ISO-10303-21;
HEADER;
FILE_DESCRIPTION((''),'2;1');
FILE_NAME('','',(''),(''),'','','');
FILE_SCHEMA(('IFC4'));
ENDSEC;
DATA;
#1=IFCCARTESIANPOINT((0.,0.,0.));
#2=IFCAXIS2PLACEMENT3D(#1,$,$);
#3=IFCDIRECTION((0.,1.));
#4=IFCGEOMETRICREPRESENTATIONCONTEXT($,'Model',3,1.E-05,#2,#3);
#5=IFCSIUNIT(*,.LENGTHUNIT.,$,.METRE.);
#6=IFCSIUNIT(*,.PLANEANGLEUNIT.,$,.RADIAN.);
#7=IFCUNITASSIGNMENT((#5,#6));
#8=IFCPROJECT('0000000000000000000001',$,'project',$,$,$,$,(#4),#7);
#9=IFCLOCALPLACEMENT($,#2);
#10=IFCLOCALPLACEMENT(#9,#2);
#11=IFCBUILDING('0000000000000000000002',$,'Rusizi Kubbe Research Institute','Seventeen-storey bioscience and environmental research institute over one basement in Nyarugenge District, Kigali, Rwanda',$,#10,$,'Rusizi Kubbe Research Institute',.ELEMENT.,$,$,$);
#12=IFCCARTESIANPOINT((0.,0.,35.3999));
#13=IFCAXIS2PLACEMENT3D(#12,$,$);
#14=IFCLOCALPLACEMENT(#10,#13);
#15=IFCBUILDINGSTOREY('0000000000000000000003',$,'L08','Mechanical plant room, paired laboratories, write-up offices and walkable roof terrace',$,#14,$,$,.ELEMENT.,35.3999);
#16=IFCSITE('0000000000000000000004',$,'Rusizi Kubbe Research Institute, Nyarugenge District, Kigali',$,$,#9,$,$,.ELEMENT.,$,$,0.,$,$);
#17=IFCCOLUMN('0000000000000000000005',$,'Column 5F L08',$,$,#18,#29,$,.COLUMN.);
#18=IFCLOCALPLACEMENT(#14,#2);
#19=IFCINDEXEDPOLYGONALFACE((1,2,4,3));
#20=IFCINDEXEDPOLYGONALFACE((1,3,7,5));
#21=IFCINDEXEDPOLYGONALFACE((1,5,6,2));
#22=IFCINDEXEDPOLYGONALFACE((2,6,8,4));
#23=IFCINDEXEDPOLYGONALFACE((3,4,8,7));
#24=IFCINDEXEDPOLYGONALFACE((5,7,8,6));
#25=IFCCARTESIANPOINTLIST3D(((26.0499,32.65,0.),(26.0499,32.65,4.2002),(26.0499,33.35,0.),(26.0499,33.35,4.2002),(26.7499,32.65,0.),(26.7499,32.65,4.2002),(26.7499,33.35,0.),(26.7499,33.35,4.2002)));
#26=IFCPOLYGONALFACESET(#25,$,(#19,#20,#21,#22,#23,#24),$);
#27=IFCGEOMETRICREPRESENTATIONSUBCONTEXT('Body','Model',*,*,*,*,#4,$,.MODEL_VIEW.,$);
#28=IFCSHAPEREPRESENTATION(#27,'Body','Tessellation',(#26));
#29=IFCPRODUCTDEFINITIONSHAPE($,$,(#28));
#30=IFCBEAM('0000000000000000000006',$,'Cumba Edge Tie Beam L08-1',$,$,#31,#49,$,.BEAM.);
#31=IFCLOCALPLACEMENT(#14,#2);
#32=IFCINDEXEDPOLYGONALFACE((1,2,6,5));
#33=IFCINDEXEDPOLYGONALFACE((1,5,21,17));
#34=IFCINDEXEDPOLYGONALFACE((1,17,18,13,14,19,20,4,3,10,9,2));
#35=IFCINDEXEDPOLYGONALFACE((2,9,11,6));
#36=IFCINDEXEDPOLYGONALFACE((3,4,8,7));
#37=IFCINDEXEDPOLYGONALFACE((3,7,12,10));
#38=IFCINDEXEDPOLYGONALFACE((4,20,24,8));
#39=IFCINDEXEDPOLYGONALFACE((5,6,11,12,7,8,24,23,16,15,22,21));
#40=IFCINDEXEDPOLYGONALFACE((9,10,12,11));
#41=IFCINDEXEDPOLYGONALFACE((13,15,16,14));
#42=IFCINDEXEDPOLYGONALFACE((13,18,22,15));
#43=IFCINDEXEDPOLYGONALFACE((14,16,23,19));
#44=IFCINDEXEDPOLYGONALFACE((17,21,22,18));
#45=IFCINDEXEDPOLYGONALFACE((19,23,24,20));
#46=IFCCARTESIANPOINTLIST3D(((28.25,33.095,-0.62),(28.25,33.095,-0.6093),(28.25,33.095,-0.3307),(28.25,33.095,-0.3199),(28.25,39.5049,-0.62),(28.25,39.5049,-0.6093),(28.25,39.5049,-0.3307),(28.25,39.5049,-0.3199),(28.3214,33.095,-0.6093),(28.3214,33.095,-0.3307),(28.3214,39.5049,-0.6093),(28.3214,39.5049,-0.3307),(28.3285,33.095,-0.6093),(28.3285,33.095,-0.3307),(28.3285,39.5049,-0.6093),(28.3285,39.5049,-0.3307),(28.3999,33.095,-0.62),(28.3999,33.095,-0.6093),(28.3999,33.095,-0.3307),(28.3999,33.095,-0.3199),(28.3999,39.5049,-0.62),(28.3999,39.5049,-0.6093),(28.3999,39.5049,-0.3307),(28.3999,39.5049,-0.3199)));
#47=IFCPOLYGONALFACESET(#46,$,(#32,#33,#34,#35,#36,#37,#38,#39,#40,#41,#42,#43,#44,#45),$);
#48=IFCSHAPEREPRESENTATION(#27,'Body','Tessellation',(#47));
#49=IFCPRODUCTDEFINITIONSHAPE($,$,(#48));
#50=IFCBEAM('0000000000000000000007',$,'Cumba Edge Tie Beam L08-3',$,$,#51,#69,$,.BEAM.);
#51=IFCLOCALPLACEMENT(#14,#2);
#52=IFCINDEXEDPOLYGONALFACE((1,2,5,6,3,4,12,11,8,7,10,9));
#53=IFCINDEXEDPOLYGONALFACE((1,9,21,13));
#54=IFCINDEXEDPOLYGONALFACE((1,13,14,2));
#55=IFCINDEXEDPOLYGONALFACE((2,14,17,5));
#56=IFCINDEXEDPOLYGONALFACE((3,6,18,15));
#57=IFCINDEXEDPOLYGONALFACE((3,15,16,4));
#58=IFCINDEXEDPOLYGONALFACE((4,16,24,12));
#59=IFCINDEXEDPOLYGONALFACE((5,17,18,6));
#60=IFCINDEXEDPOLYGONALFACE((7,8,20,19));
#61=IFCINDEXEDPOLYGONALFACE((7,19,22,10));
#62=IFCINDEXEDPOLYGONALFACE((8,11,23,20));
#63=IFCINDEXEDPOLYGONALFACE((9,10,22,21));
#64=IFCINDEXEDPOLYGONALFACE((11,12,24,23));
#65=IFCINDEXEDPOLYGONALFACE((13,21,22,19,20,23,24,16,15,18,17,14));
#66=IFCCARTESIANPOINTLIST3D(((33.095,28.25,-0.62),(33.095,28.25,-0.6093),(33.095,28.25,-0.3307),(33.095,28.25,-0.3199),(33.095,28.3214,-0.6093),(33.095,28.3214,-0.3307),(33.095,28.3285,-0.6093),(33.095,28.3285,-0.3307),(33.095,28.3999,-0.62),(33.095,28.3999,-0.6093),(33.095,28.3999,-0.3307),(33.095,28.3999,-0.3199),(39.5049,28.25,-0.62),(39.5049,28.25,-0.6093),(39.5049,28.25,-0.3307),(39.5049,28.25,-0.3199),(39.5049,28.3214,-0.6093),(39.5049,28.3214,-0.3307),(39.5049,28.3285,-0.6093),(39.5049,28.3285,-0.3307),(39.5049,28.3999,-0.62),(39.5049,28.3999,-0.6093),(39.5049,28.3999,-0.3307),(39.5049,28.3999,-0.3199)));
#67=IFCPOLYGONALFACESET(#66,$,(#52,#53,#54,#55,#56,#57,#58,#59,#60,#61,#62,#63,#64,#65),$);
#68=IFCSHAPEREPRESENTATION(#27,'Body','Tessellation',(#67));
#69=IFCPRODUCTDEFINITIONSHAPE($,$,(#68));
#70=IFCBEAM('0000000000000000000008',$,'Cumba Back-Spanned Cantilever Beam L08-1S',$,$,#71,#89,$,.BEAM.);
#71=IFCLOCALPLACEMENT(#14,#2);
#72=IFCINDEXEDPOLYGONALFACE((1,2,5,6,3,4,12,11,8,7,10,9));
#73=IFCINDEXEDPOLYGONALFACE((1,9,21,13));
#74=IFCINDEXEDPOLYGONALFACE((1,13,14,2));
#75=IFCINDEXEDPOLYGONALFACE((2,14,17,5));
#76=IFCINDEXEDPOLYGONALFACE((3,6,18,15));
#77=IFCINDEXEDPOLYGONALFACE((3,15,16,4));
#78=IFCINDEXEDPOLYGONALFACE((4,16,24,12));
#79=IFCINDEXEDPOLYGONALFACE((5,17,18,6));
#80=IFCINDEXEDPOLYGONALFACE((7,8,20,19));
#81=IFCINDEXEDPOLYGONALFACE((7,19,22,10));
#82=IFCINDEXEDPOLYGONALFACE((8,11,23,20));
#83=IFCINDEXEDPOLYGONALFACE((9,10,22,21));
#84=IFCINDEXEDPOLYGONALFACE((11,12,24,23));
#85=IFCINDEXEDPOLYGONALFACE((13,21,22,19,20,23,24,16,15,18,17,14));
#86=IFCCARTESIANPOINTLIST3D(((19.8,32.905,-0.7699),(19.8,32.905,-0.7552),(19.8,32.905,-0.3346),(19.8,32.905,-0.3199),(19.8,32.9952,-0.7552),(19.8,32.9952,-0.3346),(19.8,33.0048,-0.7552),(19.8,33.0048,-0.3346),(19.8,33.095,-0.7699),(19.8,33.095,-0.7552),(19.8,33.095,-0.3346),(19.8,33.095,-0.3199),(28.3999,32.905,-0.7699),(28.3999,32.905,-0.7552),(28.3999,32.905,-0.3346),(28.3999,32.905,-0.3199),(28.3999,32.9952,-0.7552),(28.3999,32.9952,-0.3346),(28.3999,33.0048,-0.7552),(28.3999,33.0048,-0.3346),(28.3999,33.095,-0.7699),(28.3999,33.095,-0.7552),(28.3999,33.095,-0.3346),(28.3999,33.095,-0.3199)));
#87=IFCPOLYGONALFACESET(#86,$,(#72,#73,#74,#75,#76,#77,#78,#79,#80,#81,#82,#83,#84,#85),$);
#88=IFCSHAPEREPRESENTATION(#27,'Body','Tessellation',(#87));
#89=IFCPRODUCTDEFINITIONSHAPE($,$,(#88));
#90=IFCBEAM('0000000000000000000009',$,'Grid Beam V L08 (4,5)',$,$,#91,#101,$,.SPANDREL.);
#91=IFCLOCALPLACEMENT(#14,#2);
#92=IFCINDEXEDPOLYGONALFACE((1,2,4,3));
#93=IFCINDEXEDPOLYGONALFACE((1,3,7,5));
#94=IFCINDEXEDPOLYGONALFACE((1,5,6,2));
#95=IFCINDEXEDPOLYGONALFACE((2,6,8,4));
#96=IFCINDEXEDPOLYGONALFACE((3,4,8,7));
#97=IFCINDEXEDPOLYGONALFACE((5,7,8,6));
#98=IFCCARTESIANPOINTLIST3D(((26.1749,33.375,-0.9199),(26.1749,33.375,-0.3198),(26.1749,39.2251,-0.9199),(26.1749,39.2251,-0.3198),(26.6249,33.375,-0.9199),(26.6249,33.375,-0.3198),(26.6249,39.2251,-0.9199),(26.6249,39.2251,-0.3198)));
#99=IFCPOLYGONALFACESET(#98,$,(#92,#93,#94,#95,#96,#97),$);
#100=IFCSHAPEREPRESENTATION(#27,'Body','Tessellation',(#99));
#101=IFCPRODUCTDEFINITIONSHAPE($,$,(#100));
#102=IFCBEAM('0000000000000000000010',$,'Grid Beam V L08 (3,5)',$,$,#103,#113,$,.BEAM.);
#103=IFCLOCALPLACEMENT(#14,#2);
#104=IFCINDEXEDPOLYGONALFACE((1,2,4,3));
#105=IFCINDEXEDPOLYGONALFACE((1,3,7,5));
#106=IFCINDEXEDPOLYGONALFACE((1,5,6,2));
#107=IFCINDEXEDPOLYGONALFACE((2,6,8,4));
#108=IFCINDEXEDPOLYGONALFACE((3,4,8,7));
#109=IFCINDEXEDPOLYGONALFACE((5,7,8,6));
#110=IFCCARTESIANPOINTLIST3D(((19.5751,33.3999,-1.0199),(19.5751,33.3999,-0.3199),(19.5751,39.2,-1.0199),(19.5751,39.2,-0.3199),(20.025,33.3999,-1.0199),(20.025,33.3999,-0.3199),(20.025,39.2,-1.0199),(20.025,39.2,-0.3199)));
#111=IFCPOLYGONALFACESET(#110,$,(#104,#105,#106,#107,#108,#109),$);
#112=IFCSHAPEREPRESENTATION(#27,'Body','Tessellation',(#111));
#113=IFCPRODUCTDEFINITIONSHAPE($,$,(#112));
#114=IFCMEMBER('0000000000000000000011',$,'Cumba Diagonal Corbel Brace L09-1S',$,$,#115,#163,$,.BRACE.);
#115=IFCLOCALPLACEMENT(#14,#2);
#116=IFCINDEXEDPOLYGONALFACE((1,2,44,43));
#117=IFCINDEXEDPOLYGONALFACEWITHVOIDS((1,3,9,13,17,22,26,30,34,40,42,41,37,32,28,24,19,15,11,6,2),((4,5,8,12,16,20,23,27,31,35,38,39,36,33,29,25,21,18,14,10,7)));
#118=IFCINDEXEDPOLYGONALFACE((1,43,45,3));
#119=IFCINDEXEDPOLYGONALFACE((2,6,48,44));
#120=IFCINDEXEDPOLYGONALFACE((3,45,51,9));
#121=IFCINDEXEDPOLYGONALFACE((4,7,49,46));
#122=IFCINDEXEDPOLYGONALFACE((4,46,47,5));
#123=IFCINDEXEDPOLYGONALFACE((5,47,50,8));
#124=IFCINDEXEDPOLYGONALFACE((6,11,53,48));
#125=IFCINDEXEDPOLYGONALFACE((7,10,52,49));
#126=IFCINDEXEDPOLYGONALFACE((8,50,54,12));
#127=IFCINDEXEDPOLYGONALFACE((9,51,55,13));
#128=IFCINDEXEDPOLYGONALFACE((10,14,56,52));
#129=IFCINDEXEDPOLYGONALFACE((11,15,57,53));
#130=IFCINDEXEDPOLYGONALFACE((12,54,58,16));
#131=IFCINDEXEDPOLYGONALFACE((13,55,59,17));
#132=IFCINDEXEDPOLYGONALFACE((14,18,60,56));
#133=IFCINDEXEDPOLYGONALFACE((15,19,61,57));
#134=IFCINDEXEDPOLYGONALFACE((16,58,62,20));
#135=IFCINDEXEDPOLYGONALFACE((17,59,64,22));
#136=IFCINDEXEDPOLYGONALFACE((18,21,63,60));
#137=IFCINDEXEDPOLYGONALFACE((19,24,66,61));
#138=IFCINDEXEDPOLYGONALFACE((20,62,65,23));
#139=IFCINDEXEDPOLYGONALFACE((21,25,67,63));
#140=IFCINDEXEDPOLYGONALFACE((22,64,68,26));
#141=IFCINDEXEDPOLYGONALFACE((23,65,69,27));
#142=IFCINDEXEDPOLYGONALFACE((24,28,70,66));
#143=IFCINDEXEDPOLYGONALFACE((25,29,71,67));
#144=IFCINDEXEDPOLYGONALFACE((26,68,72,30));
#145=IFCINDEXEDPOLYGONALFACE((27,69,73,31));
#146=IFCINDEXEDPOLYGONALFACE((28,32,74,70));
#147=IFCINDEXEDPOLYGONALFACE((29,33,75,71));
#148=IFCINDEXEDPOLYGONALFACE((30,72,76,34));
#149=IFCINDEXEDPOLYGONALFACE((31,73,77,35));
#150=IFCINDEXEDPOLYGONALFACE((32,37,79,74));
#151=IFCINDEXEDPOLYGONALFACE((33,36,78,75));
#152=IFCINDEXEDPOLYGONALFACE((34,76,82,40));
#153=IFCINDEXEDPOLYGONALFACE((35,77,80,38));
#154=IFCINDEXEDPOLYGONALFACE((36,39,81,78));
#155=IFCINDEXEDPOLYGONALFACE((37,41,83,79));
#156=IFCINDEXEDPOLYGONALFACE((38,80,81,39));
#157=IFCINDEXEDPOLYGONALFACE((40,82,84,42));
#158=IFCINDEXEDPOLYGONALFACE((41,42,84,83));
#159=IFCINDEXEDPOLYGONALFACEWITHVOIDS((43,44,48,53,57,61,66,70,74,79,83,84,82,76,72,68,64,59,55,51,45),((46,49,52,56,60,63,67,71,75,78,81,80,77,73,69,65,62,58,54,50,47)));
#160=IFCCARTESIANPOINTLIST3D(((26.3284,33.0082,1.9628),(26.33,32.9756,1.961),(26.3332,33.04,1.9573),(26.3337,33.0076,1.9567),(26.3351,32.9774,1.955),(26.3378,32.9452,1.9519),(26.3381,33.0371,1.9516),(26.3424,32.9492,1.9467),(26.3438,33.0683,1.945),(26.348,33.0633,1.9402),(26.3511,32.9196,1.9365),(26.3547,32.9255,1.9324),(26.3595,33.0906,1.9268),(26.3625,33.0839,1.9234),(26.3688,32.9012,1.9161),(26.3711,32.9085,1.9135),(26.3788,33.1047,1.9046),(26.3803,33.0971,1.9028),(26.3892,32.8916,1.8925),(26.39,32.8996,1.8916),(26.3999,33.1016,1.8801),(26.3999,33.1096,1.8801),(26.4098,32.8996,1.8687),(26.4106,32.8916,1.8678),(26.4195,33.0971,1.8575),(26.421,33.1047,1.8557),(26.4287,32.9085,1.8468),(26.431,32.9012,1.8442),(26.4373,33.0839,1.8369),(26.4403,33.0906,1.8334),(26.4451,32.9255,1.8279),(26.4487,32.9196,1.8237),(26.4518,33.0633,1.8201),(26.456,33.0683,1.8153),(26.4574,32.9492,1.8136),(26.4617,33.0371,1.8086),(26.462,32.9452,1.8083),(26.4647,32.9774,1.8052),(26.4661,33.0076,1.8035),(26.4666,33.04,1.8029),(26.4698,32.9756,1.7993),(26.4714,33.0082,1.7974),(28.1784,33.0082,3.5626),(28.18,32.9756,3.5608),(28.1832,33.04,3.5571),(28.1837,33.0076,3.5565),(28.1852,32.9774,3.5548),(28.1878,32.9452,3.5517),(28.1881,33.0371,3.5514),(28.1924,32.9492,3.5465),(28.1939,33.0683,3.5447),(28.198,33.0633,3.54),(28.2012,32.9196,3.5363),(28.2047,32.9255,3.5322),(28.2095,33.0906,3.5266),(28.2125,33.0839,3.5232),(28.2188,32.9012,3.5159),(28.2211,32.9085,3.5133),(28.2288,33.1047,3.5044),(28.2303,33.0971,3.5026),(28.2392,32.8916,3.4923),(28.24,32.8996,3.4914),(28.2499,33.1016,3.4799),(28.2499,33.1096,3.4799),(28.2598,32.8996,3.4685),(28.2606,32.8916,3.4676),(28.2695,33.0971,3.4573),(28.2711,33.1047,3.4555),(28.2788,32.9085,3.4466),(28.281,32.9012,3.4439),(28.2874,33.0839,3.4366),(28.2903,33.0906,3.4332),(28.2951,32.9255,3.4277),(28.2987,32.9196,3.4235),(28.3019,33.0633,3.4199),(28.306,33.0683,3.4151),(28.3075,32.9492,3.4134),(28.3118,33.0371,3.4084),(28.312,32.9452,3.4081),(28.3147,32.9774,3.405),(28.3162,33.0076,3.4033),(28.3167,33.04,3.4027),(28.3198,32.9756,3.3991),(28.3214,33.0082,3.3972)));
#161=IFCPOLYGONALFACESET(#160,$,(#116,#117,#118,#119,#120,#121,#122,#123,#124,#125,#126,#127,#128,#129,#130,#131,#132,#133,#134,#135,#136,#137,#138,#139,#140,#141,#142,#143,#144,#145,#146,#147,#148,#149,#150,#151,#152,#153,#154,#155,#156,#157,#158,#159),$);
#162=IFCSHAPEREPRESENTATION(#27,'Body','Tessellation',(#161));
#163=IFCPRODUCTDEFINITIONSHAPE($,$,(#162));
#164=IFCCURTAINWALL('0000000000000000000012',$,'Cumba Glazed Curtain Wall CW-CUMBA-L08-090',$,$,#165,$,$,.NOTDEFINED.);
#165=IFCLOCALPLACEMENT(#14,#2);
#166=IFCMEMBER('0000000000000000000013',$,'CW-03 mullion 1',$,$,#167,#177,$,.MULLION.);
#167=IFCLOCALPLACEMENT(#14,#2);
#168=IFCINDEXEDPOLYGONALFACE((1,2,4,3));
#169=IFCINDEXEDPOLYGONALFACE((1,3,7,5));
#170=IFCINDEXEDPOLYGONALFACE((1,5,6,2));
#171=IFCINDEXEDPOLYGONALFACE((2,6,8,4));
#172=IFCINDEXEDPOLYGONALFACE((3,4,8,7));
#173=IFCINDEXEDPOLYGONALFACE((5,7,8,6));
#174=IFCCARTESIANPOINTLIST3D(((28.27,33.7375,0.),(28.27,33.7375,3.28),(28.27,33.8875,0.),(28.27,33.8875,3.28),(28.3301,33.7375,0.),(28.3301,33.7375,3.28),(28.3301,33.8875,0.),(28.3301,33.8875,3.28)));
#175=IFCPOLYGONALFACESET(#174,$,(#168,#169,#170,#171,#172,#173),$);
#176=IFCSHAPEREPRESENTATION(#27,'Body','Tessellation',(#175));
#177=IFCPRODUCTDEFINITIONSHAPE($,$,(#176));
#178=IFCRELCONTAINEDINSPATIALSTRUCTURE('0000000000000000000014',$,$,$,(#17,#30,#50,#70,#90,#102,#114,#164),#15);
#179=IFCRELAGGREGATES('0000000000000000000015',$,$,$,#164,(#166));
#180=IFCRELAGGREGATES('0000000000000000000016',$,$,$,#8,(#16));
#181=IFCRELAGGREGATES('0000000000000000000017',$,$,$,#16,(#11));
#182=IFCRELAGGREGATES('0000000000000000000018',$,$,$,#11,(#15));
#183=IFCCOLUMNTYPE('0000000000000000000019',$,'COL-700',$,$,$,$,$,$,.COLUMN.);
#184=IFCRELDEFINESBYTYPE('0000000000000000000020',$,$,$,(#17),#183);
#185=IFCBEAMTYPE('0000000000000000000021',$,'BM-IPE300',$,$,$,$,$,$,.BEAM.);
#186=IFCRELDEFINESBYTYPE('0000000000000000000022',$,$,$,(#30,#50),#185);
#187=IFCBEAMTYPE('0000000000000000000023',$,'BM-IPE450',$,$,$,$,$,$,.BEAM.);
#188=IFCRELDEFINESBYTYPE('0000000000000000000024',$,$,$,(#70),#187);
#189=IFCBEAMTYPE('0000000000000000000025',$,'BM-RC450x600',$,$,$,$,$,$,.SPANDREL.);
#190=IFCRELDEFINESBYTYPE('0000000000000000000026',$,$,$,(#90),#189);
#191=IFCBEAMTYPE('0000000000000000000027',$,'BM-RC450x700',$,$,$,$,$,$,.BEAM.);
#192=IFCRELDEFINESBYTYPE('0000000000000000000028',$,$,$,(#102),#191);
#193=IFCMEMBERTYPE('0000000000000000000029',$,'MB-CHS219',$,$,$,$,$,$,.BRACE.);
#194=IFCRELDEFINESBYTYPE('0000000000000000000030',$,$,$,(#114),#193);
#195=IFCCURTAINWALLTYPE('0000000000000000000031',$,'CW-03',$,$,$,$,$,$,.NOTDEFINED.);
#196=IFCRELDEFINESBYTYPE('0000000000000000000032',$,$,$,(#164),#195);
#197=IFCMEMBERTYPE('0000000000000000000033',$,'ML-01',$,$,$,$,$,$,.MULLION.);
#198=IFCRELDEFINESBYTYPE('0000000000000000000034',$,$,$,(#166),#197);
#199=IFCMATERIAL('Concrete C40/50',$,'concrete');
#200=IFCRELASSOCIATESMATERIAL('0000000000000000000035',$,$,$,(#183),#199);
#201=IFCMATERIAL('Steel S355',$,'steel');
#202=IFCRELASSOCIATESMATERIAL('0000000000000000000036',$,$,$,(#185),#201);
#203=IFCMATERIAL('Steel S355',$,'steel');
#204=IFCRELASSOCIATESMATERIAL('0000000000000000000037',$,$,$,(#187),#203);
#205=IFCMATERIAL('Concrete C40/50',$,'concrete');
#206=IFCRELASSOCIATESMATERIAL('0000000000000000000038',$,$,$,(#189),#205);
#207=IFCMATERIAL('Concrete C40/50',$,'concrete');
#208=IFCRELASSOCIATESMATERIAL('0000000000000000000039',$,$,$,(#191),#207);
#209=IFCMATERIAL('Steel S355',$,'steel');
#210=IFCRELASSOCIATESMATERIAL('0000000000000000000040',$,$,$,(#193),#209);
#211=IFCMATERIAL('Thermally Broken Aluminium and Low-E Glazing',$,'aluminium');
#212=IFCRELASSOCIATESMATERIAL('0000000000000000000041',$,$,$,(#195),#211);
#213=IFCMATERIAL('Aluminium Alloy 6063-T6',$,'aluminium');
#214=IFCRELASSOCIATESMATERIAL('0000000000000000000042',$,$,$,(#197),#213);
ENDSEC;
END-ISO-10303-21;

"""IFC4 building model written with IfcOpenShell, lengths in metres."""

from ifc_helpers import new_model, si_unit, direction, frame, origin, origin_2d, place, context, subcontext, project, spatial, rectangle, hollow_circle, i_section, extrude, material, material_profile, profile_set, type_object, element, aggregate, save


model = new_model("IFC4")

# Units and contexts
model_context = context("Model", 3, precision=1e-05, world=origin(), true_north=direction((0.0, 1.0)))
body_context = subcontext(model_context, "Body", "Model", "MODEL_VIEW")
ifc_project = project(units=[si_unit("LENGTHUNIT", "METRE"), si_unit("PLANEANGLEUNIT", "RADIAN")], contexts=[model_context])

# Site, building, storey
site_placement = place(None, origin())
site = spatial("IfcSite", under=ifc_project, at=site_placement, Name="Rusizi Kubbe Research Institute, Nyarugenge District, Kigali", CompositionType="ELEMENT", RefElevation=0.0)
building_placement = place(site_placement, origin())
building = spatial("IfcBuilding", under=site, at=building_placement, Name="Rusizi Kubbe Research Institute", Description="Seventeen-storey bioscience and environmental research institute over one basement in Nyarugenge District, Kigali, Rwanda", LongName="Rusizi Kubbe Research Institute", CompositionType="ELEMENT")
storey_placement = place(building_placement, frame((0.0, 0.0, 35.3999)))
storey = spatial("IfcBuildingStorey", under=building, at=storey_placement, Name="L08", Description="Mechanical plant room, paired laboratories, write-up offices and walkable roof terrace", CompositionType="ELEMENT", Elevation=35.3999)

# Column
ifc_material_1 = material(Name="Concrete C40/50", Category="concrete")
ifc_material_profile_1 = material_profile(ifc_material_1, rectangle(XDim=0.7, YDim=0.7, at=origin_2d()), Name="RC700x700")
ifc_profile_set_1 = profile_set([ifc_material_profile_1], Name="Concrete C40/50")
column_type = type_object("IfcColumnType", Name="COL-700", PredefinedType="COLUMN", material=ifc_profile_set_1)
column_placement = place(storey_placement, frame((26.3999, 33.0, 0.0), z_axis=(0.0, 0.0, 1.0), x_axis=(1.0, 0.0, 0.0)))
element("IfcColumn", 1, at=column_placement, inside=storey, type_object=column_type, Name="Column 5F L08", PredefinedType="COLUMN", context=body_context, shape_type="SweptSolid", body=[
    extrude(rectangle(XDim=0.7, YDim=0.7, at=origin_2d()), origin(), (0.0, 0.0, 1.0), 4.2002),
])

# Beams
ifc_material_2 = material(Name="Steel S355", Category="steel")
ifc_material_profile_2 = material_profile(ifc_material_2, i_section(OverallWidth=0.1499, OverallDepth=0.3, WebThickness=0.0071, FlangeThickness=0.0107, at=origin_2d()), Name="IPE 300")
ifc_profile_set_2 = profile_set([ifc_material_profile_2], Name="Steel S355")
beam_type_1 = type_object("IfcBeamType", Name="BM-IPE300", PredefinedType="BEAM", material=ifc_profile_set_2)
for number, where, z_axis, x_axis, name in (
    (2, (28.325, 33.095, -0.47), (0.0, 1.0, 0.0), (-1.0, 0.0, 0.0), "Cumba Edge Tie Beam L08-1"),
    (3, (33.095, 28.325, -0.47), (1.0, 0.0, 0.0), (0.0, 1.0, 0.0), "Cumba Edge Tie Beam L08-3"),
):
    element("IfcBeam", number, at=place(storey_placement, frame(where, z_axis=z_axis, x_axis=x_axis)), inside=storey, type_object=beam_type_1, Name=name, PredefinedType="BEAM", context=body_context, shape_type="SweptSolid", body=[
        extrude(i_section(OverallWidth=0.1499, OverallDepth=0.3, WebThickness=0.0071, FlangeThickness=0.0107, at=origin_2d()), origin(), (0.0, 0.0, 1.0), 6.4099),
    ])
ifc_material_3 = material(Name="Steel S355", Category="steel")
ifc_material_profile_3 = material_profile(ifc_material_3, i_section(OverallWidth=0.1899, OverallDepth=0.45, WebThickness=0.0095, FlangeThickness=0.0146, at=origin_2d()), Name="IPE 450")
ifc_profile_set_3 = profile_set([ifc_material_profile_3], Name="Steel S355")
beam_type_2 = type_object("IfcBeamType", Name="BM-IPE450", PredefinedType="BEAM", material=ifc_profile_set_3)
beam_1_placement = place(storey_placement, frame((19.8, 33.0, -0.5449), z_axis=(1.0, 0.0, 0.0), x_axis=(0.0, 1.0, 0.0)))
element("IfcBeam", 4, at=beam_1_placement, inside=storey, type_object=beam_type_2, Name="Cumba Back-Spanned Cantilever Beam L08-1S", PredefinedType="BEAM", context=body_context, shape_type="SweptSolid", body=[
    extrude(i_section(OverallWidth=0.1899, OverallDepth=0.45, WebThickness=0.0095, FlangeThickness=0.0146, at=origin_2d()), origin(), (0.0, 0.0, 1.0), 8.5999),
])
ifc_material_4 = material(Name="Concrete C40/50", Category="concrete")
ifc_material_profile_4 = material_profile(ifc_material_4, rectangle(XDim=0.45, YDim=0.6001, at=origin_2d()), Name="RC450x600")
ifc_profile_set_4 = profile_set([ifc_material_profile_4], Name="Concrete C40/50")
beam_type_3 = type_object("IfcBeamType", Name="BM-RC450x600", PredefinedType="SPANDREL", material=ifc_profile_set_4)
beam_2_placement = place(storey_placement, frame((26.3999, 33.375, -0.6199), z_axis=(0.0, 1.0, 0.0), x_axis=(-1.0, 0.0, 0.0)))
element("IfcBeam", 5, at=beam_2_placement, inside=storey, type_object=beam_type_3, Name="Grid Beam V L08 (4,5)", PredefinedType="SPANDREL", context=body_context, shape_type="SweptSolid", body=[
    extrude(rectangle(XDim=0.45, YDim=0.6001, at=origin_2d()), origin(), (0.0, 0.0, 1.0), 5.8501),
])
ifc_material_5 = material(Name="Concrete C40/50", Category="concrete")
ifc_material_profile_5 = material_profile(ifc_material_5, rectangle(XDim=0.45, YDim=0.7, at=origin_2d()), Name="RC450x700B")
ifc_profile_set_5 = profile_set([ifc_material_profile_5], Name="Concrete C40/50")
beam_type_4 = type_object("IfcBeamType", Name="BM-RC450x700", PredefinedType="BEAM", material=ifc_profile_set_5)
beam_3_placement = place(storey_placement, frame((19.8, 33.3999, -0.6699), z_axis=(0.0, 1.0, 0.0), x_axis=(-1.0, 0.0, 0.0)))
element("IfcBeam", 6, at=beam_3_placement, inside=storey, type_object=beam_type_4, Name="Grid Beam V L08 (3,5)", PredefinedType="BEAM", context=body_context, shape_type="SweptSolid", body=[
    extrude(rectangle(XDim=0.45, YDim=0.7, at=origin_2d()), origin(), (0.0, 0.0, 1.0), 5.8),
])

# Member
ifc_material_6 = material(Name="Steel S355", Category="steel")
ifc_material_profile_6 = material_profile(ifc_material_6, hollow_circle(Radius=0.1096, WallThickness=0.0081, at=origin_2d()), Name="CHS 219.1x8.0")
ifc_profile_set_6 = profile_set([ifc_material_profile_6], Name="Steel S355")
member_type_1 = type_object("IfcMemberType", Name="MB-CHS219", PredefinedType="BRACE", material=ifc_profile_set_6)
member_1_placement = place(storey_placement, frame((26.3999, 33.0, 1.8801), z_axis=(0.75641, 0.0, 0.654098), x_axis=(0.0, 1.0, 0.0)))
element("IfcMember", 7, at=member_1_placement, inside=storey, type_object=member_type_1, Name="Cumba Diagonal Corbel Brace L09-1S", PredefinedType="BRACE", context=body_context, shape_type="SweptSolid", body=[
    extrude(hollow_circle(Radius=0.1096, WallThickness=0.0081, at=origin_2d()), origin(), (0.0, 0.0, 1.0), 2.4458),
])

# Curtain wall, member
ifc_material_7 = material(Name="Thermally Broken Aluminium and Low-E Glazing", Category="aluminium")
curtain_wall_type = type_object("IfcCurtainWallType", Name="CW-03", PredefinedType="NOTDEFINED", material=ifc_material_7)
curtain_wall_1_placement = place(storey_placement, origin())
curtain_wall_1 = element("IfcCurtainWall", 8, at=curtain_wall_1_placement, inside=storey, type_object=curtain_wall_type, Name="Cumba Glazed Curtain Wall CW-CUMBA-L08-090", PredefinedType="NOTDEFINED")
ifc_material_8 = material(Name="Aluminium Alloy 6063-T6", Category="aluminium")
ifc_material_profile_7 = material_profile(ifc_material_8, rectangle(XDim=0.0601, YDim=0.1499, at=origin_2d()), Name="ALU-M 60x150")
ifc_profile_set_7 = profile_set([ifc_material_profile_7], Name="Aluminium Alloy 6063-T6")
member_type_2 = type_object("IfcMemberType", Name="ML-01", PredefinedType="MULLION", material=ifc_profile_set_7)
member_2_placement = place(storey_placement, frame((28.3, 33.8125, 0.0), z_axis=(0.0, 0.0, 1.0), x_axis=(-1.0, 0.0, 0.0)))
member_2 = element("IfcMember", 9, at=member_2_placement, type_object=member_type_2, Name="CW-03 mullion 1", PredefinedType="MULLION", context=body_context, shape_type="SweptSolid", body=[
    extrude(rectangle(XDim=0.0601, YDim=0.1499, at=origin_2d()), origin(), (0.0, 0.0, 1.0), 3.28),
])

aggregate(curtain_wall_1, [member_2])

save(model, "model.ifc")
